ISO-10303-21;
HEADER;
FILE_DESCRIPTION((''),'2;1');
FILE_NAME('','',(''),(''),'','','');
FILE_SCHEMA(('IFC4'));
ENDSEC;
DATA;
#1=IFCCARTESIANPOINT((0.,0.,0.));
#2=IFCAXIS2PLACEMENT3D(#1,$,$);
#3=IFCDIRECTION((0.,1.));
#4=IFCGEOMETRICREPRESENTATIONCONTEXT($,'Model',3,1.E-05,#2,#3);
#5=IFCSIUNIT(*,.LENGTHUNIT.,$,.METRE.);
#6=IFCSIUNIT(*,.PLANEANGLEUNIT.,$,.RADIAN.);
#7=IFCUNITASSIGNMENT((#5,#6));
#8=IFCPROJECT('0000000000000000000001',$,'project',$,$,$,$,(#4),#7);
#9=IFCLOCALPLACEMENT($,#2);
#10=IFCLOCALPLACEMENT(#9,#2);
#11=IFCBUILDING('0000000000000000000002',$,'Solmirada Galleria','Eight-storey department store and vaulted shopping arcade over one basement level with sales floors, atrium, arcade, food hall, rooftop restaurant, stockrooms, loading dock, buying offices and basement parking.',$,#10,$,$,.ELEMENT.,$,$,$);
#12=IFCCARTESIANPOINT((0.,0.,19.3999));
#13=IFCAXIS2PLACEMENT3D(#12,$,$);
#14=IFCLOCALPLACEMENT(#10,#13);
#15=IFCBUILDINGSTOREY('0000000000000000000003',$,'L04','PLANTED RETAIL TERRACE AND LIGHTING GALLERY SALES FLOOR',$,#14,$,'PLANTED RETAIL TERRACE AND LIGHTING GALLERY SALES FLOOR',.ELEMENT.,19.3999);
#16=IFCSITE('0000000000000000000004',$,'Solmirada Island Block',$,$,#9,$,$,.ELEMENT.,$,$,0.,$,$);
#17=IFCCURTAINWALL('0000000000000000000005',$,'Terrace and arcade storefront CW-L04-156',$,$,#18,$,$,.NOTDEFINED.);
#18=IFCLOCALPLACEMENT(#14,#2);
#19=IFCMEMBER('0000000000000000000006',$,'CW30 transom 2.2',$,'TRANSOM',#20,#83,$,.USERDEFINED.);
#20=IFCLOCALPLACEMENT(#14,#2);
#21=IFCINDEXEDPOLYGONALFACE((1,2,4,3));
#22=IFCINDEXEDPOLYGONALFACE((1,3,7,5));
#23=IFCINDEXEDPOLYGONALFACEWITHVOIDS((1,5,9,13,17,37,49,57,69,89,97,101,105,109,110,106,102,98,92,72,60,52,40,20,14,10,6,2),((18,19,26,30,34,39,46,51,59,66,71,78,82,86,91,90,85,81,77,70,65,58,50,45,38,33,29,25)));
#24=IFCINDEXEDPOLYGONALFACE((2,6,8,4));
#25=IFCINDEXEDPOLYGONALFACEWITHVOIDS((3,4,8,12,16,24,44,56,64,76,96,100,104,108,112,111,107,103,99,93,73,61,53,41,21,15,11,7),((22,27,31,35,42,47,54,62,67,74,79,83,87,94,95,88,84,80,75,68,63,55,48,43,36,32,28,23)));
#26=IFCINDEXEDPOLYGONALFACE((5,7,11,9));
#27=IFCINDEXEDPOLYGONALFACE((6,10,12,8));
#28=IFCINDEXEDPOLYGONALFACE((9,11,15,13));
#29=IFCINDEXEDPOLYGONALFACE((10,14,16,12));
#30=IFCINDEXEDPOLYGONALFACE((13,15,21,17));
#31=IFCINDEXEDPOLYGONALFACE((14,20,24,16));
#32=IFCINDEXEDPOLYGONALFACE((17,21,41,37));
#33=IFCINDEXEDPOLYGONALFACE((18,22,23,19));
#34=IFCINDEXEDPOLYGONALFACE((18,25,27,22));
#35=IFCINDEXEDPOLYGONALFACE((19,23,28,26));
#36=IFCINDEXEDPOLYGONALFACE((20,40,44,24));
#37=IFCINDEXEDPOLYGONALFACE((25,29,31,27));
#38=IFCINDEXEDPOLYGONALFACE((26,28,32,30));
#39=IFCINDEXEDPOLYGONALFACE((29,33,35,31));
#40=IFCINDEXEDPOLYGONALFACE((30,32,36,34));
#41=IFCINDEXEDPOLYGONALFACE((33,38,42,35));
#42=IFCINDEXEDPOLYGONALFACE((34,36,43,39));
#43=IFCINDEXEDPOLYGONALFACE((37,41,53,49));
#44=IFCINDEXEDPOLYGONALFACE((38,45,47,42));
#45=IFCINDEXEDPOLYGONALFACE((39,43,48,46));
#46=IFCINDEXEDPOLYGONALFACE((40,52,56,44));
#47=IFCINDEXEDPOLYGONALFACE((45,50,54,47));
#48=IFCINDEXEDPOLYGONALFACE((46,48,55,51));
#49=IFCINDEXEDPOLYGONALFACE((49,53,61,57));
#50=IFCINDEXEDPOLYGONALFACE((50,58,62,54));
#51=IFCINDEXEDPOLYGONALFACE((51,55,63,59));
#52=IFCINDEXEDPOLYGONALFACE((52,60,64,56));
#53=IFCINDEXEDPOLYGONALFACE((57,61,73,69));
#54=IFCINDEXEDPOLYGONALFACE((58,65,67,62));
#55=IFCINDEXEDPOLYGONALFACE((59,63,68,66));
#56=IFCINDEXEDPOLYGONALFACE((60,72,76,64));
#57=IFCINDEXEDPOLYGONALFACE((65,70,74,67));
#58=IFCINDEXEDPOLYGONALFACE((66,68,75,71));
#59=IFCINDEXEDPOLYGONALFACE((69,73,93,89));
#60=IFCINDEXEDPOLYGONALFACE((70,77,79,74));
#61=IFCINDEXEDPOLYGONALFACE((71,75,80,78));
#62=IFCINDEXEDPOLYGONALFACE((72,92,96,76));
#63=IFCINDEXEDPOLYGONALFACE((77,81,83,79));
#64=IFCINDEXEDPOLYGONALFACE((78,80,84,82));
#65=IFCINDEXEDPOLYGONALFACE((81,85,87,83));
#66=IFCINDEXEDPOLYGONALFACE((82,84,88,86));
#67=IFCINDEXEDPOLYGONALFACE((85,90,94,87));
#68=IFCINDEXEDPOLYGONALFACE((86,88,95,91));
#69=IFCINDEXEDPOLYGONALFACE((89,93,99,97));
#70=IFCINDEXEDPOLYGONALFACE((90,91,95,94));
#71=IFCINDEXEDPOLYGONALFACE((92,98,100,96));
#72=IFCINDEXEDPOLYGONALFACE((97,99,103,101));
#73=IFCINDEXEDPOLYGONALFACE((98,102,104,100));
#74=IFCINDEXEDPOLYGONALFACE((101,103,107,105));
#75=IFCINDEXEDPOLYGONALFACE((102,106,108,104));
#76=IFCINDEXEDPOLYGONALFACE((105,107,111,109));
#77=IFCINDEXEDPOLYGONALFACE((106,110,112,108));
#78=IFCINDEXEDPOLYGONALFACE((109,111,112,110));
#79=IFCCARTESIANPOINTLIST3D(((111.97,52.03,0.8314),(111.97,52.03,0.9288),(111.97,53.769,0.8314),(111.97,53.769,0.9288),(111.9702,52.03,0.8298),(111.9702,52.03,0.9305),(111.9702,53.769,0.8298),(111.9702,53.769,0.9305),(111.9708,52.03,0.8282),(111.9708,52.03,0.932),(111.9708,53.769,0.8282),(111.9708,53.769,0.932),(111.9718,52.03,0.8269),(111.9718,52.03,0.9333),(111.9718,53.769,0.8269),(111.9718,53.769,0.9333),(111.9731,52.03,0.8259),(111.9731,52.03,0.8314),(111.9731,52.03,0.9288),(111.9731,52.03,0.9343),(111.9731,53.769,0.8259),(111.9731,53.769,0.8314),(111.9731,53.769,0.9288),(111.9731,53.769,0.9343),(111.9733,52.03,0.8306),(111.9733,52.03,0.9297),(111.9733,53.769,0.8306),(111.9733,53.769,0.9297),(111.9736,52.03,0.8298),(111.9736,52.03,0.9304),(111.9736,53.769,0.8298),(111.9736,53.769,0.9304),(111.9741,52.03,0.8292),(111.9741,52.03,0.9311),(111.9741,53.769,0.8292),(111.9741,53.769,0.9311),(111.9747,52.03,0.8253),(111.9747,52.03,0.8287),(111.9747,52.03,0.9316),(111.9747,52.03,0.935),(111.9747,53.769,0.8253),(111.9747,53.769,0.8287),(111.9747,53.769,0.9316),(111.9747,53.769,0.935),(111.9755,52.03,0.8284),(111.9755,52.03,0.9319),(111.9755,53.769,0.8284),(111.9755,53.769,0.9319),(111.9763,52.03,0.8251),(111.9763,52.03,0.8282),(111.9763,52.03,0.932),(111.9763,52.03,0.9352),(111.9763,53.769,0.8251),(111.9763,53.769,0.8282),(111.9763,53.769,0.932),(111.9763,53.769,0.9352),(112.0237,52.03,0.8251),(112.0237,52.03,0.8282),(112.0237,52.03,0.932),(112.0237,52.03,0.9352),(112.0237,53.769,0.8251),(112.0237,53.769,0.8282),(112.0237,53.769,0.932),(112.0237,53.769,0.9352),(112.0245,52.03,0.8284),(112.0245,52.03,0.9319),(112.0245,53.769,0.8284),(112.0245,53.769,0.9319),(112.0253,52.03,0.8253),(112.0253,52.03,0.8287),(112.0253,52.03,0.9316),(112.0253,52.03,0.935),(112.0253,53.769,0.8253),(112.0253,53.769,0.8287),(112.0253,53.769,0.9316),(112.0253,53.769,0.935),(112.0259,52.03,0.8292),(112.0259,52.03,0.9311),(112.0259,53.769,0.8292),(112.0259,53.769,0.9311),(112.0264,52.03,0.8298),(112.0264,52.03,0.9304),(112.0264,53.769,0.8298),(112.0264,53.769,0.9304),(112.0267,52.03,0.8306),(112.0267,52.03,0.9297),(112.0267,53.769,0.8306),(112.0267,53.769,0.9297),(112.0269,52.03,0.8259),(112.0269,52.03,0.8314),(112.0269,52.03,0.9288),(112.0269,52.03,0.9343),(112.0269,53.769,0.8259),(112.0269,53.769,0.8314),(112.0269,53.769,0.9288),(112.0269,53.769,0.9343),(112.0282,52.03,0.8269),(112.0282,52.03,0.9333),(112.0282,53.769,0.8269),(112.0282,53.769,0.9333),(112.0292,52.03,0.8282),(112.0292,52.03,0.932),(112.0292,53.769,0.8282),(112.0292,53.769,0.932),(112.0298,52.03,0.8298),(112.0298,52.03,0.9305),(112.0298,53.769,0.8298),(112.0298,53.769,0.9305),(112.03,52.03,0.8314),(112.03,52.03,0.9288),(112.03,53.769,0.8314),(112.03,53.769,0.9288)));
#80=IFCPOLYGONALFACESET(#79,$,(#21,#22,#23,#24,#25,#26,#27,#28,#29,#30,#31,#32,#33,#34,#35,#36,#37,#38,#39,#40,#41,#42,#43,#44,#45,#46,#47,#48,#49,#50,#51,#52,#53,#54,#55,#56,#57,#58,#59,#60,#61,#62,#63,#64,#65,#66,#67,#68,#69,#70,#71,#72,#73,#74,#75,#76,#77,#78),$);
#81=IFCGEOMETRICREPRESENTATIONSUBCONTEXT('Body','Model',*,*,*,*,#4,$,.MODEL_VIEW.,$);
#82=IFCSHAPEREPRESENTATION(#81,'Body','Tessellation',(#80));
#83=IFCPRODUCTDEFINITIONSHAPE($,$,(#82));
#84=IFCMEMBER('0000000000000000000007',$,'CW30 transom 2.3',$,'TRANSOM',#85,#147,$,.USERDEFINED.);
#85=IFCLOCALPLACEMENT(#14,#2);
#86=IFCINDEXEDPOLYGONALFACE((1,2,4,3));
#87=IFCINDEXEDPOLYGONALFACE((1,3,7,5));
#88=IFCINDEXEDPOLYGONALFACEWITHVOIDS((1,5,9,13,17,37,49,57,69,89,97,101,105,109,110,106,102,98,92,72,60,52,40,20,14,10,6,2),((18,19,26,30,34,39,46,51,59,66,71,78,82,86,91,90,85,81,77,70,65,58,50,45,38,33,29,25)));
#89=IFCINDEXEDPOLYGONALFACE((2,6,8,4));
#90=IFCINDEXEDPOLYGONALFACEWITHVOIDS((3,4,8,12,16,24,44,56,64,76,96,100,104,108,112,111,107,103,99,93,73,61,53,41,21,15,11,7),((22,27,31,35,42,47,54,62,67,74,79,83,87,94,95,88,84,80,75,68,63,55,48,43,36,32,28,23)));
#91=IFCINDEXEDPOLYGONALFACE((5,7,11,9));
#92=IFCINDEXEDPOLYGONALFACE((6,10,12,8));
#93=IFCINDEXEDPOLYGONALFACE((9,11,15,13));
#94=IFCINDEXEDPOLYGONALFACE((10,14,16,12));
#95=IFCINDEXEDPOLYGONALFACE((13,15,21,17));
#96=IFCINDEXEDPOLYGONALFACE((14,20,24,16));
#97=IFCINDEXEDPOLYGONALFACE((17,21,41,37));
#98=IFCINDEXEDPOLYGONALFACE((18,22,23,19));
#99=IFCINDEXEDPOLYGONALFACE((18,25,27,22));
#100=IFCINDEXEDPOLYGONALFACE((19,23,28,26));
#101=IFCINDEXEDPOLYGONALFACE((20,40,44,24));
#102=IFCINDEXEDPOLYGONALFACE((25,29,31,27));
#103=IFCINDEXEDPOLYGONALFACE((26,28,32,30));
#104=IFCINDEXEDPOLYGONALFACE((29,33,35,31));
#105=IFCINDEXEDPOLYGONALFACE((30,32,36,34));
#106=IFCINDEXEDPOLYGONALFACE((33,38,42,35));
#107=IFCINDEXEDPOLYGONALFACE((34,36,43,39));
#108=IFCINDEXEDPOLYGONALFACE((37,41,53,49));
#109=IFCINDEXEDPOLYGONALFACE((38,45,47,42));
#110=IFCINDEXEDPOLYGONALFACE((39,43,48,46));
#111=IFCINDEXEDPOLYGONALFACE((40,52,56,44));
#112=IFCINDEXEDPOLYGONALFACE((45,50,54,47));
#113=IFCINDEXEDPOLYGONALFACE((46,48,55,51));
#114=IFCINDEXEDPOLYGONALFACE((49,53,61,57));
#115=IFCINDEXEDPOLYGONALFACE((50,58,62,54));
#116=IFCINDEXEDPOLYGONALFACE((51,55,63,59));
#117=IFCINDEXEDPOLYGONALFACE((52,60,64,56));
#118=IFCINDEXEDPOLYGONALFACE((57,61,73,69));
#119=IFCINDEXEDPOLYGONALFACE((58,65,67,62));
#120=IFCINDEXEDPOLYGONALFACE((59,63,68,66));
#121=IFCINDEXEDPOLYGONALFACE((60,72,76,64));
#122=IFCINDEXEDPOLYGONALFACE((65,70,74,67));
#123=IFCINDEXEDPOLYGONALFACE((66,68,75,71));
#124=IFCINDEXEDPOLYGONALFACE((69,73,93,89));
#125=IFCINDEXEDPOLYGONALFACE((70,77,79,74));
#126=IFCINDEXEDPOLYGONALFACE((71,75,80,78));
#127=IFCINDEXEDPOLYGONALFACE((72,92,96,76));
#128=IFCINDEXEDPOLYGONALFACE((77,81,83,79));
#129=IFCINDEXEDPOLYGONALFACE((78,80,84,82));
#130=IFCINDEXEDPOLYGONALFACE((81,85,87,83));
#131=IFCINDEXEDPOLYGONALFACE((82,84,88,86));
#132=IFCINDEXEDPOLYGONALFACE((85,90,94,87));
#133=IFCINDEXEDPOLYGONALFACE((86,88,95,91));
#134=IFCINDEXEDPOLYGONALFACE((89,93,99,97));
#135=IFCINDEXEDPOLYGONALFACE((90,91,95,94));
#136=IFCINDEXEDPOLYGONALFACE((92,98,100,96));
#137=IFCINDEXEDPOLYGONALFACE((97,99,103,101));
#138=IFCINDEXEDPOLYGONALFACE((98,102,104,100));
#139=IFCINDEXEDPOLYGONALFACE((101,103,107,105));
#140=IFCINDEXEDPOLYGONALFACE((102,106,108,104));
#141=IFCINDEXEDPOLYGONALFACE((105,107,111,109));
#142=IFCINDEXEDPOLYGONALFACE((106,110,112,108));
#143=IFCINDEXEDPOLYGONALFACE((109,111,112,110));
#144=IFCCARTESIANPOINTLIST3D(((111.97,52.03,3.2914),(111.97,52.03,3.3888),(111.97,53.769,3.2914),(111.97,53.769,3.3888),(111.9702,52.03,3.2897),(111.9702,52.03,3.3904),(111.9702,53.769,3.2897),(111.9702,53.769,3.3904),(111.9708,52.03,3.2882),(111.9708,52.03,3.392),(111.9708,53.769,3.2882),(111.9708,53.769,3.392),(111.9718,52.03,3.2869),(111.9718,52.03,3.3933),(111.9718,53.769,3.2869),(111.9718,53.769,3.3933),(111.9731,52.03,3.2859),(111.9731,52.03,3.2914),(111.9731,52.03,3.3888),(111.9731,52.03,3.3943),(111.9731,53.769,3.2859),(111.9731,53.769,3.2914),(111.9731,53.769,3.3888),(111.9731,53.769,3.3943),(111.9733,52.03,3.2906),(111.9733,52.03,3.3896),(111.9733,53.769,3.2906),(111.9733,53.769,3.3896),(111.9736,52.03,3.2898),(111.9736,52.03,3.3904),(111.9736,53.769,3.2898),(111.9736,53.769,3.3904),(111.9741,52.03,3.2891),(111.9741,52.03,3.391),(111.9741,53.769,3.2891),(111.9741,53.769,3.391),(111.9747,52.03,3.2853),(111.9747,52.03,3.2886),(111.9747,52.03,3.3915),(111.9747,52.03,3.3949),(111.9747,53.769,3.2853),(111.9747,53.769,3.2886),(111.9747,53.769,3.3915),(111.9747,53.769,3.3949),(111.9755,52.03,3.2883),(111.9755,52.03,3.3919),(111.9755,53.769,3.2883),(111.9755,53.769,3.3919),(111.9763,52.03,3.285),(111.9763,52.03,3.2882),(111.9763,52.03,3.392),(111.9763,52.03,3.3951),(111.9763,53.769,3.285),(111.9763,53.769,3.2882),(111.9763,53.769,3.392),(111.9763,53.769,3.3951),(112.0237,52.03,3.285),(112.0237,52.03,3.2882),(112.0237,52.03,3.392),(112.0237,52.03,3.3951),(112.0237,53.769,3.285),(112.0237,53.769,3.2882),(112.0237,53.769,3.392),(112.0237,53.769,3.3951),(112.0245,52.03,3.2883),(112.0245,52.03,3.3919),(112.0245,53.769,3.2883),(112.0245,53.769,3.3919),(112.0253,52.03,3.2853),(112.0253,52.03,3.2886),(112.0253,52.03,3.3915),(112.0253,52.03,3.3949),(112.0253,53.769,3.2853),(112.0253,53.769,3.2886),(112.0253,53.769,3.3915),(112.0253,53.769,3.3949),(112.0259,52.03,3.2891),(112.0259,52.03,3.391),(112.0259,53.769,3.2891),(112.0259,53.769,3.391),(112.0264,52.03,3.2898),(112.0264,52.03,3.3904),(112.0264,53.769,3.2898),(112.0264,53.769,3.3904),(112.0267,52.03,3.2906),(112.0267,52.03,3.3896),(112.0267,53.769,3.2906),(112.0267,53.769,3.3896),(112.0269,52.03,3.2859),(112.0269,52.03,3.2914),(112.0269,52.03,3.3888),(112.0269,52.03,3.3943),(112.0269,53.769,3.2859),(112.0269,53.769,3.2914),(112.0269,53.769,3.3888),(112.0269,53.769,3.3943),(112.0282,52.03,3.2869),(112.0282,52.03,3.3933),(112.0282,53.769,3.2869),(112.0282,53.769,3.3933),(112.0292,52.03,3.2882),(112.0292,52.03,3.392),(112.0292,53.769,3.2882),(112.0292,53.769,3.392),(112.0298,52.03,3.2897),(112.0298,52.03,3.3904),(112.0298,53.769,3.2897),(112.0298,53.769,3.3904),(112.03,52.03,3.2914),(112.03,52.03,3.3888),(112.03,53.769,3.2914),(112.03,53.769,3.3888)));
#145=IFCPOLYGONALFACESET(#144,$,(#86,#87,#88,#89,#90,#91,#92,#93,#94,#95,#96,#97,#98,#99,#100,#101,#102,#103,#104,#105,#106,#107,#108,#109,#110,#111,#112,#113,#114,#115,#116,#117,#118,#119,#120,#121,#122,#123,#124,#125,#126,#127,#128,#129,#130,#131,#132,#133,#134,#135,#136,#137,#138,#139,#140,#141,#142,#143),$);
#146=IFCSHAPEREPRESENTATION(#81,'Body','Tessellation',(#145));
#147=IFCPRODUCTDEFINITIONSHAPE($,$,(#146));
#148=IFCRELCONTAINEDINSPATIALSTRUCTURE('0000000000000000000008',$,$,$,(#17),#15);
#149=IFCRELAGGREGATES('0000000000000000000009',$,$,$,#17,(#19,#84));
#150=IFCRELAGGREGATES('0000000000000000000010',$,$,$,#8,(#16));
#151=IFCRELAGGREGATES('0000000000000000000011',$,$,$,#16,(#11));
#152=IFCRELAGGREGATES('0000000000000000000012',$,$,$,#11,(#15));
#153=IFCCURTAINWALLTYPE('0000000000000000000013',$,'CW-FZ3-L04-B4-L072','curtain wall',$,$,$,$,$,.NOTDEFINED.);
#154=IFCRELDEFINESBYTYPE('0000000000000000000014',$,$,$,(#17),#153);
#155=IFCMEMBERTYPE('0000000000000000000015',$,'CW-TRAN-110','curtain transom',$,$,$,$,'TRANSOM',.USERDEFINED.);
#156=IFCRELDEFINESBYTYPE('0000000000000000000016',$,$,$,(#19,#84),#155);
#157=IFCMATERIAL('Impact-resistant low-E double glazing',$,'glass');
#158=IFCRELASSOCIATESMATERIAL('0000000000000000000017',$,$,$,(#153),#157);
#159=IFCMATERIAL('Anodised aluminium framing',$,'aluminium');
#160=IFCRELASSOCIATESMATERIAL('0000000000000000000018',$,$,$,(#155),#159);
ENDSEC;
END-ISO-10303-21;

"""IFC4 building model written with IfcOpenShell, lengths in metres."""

from ifc_helpers import new_model, si_unit, direction, frame, origin, origin_2d, place, context, subcontext, project, spatial, hollow_rectangle, extrude, material, material_profile, profile_set, type_object, element, aggregate, save


model = new_model("IFC4")

# Units and contexts
model_context = context("Model", 3, precision=1e-05, world=origin(), true_north=direction((0.0, 1.0)))
body_context = subcontext(model_context, "Body", "Model", "MODEL_VIEW")
ifc_project = project(units=[si_unit("LENGTHUNIT", "METRE"), si_unit("PLANEANGLEUNIT", "RADIAN")], contexts=[model_context])

# Site, building, storey
site_placement = place(None, origin())
site = spatial("IfcSite", under=ifc_project, at=site_placement, Name="Solmirada Island Block", CompositionType="ELEMENT", RefElevation=0.0)
building_placement = place(site_placement, origin())
building = spatial("IfcBuilding", under=site, at=building_placement, Name="Solmirada Galleria", Description="Eight-storey department store and vaulted shopping arcade over one basement level with sales floors, atrium, arcade, food hall, rooftop restaurant, stockrooms, loading dock, buying offices and basement parking.", CompositionType="ELEMENT")
storey_placement = place(building_placement, frame((0.0, 0.0, 19.3999)))
storey = spatial("IfcBuildingStorey", under=building, at=storey_placement, Name="L04", Description="PLANTED RETAIL TERRACE AND LIGHTING GALLERY SALES FLOOR", LongName="PLANTED RETAIL TERRACE AND LIGHTING GALLERY SALES FLOOR", CompositionType="ELEMENT", Elevation=19.3999)

# Curtain wall, members
ifc_material_1 = material(Name="Impact-resistant low-E double glazing", Category="glass")
curtain_wall_type = type_object("IfcCurtainWallType", Name="CW-FZ3-L04-B4-L072", Description="curtain wall", PredefinedType="NOTDEFINED", material=ifc_material_1)
curtain_wall_placement = place(storey_placement, origin())
curtain_wall = element("IfcCurtainWall", 1, at=curtain_wall_placement, inside=storey, type_object=curtain_wall_type, Name="Terrace and arcade storefront CW-L04-156", PredefinedType="NOTDEFINED")
ifc_material_2 = material(Name="Anodised aluminium framing", Category="aluminium")
ifc_material_profile_1 = material_profile(ifc_material_2, hollow_rectangle(XDim=0.0601, YDim=0.1101, WallThickness=0.0032, InnerFilletRadius=0.0032, OuterFilletRadius=0.0063, at=origin_2d()), Name="ALU-TRAN-110X60")
ifc_profile_set_1 = profile_set([ifc_material_profile_1], Name="Anodised aluminium framing")
member_type_1 = type_object("IfcMemberType", Name="CW-TRAN-110", Description="curtain transom", ElementType="TRANSOM", PredefinedType="USERDEFINED", material=ifc_profile_set_1)
member_1_placement = place(storey_placement, frame((112.0, 53.769, 0.8801), z_axis=(0.0, -1.0, 0.0), x_axis=(1.0, 0.0, 0.0)))
member_1 = element("IfcMember", 2, at=member_1_placement, type_object=member_type_1, Name="CW30 transom 2.2", ObjectType="TRANSOM", PredefinedType="USERDEFINED", context=body_context, shape_type="SweptSolid", body=[
    extrude(hollow_rectangle(XDim=0.0601, YDim=0.1101, WallThickness=0.0032, InnerFilletRadius=0.0032, OuterFilletRadius=0.0063, at=origin_2d()), origin(), (0.0, 0.0, 1.0), 1.739),
])
member_2_placement = place(storey_placement, frame((112.0, 53.769, 3.3401), z_axis=(0.0, -1.0, 0.0), x_axis=(1.0, 0.0, 0.0)))
member_2 = element("IfcMember", 3, at=member_2_placement, type_object=member_type_1, Name="CW30 transom 2.3", ObjectType="TRANSOM", PredefinedType="USERDEFINED", context=body_context, shape_type="SweptSolid", body=[
    extrude(hollow_rectangle(XDim=0.0601, YDim=0.1101, WallThickness=0.0032, InnerFilletRadius=0.0032, OuterFilletRadius=0.0063, at=origin_2d()), origin(), (0.0, 0.0, 1.0), 1.739),
])
aggregate(curtain_wall, [member_1, member_2])

save(model, "model.ifc")
